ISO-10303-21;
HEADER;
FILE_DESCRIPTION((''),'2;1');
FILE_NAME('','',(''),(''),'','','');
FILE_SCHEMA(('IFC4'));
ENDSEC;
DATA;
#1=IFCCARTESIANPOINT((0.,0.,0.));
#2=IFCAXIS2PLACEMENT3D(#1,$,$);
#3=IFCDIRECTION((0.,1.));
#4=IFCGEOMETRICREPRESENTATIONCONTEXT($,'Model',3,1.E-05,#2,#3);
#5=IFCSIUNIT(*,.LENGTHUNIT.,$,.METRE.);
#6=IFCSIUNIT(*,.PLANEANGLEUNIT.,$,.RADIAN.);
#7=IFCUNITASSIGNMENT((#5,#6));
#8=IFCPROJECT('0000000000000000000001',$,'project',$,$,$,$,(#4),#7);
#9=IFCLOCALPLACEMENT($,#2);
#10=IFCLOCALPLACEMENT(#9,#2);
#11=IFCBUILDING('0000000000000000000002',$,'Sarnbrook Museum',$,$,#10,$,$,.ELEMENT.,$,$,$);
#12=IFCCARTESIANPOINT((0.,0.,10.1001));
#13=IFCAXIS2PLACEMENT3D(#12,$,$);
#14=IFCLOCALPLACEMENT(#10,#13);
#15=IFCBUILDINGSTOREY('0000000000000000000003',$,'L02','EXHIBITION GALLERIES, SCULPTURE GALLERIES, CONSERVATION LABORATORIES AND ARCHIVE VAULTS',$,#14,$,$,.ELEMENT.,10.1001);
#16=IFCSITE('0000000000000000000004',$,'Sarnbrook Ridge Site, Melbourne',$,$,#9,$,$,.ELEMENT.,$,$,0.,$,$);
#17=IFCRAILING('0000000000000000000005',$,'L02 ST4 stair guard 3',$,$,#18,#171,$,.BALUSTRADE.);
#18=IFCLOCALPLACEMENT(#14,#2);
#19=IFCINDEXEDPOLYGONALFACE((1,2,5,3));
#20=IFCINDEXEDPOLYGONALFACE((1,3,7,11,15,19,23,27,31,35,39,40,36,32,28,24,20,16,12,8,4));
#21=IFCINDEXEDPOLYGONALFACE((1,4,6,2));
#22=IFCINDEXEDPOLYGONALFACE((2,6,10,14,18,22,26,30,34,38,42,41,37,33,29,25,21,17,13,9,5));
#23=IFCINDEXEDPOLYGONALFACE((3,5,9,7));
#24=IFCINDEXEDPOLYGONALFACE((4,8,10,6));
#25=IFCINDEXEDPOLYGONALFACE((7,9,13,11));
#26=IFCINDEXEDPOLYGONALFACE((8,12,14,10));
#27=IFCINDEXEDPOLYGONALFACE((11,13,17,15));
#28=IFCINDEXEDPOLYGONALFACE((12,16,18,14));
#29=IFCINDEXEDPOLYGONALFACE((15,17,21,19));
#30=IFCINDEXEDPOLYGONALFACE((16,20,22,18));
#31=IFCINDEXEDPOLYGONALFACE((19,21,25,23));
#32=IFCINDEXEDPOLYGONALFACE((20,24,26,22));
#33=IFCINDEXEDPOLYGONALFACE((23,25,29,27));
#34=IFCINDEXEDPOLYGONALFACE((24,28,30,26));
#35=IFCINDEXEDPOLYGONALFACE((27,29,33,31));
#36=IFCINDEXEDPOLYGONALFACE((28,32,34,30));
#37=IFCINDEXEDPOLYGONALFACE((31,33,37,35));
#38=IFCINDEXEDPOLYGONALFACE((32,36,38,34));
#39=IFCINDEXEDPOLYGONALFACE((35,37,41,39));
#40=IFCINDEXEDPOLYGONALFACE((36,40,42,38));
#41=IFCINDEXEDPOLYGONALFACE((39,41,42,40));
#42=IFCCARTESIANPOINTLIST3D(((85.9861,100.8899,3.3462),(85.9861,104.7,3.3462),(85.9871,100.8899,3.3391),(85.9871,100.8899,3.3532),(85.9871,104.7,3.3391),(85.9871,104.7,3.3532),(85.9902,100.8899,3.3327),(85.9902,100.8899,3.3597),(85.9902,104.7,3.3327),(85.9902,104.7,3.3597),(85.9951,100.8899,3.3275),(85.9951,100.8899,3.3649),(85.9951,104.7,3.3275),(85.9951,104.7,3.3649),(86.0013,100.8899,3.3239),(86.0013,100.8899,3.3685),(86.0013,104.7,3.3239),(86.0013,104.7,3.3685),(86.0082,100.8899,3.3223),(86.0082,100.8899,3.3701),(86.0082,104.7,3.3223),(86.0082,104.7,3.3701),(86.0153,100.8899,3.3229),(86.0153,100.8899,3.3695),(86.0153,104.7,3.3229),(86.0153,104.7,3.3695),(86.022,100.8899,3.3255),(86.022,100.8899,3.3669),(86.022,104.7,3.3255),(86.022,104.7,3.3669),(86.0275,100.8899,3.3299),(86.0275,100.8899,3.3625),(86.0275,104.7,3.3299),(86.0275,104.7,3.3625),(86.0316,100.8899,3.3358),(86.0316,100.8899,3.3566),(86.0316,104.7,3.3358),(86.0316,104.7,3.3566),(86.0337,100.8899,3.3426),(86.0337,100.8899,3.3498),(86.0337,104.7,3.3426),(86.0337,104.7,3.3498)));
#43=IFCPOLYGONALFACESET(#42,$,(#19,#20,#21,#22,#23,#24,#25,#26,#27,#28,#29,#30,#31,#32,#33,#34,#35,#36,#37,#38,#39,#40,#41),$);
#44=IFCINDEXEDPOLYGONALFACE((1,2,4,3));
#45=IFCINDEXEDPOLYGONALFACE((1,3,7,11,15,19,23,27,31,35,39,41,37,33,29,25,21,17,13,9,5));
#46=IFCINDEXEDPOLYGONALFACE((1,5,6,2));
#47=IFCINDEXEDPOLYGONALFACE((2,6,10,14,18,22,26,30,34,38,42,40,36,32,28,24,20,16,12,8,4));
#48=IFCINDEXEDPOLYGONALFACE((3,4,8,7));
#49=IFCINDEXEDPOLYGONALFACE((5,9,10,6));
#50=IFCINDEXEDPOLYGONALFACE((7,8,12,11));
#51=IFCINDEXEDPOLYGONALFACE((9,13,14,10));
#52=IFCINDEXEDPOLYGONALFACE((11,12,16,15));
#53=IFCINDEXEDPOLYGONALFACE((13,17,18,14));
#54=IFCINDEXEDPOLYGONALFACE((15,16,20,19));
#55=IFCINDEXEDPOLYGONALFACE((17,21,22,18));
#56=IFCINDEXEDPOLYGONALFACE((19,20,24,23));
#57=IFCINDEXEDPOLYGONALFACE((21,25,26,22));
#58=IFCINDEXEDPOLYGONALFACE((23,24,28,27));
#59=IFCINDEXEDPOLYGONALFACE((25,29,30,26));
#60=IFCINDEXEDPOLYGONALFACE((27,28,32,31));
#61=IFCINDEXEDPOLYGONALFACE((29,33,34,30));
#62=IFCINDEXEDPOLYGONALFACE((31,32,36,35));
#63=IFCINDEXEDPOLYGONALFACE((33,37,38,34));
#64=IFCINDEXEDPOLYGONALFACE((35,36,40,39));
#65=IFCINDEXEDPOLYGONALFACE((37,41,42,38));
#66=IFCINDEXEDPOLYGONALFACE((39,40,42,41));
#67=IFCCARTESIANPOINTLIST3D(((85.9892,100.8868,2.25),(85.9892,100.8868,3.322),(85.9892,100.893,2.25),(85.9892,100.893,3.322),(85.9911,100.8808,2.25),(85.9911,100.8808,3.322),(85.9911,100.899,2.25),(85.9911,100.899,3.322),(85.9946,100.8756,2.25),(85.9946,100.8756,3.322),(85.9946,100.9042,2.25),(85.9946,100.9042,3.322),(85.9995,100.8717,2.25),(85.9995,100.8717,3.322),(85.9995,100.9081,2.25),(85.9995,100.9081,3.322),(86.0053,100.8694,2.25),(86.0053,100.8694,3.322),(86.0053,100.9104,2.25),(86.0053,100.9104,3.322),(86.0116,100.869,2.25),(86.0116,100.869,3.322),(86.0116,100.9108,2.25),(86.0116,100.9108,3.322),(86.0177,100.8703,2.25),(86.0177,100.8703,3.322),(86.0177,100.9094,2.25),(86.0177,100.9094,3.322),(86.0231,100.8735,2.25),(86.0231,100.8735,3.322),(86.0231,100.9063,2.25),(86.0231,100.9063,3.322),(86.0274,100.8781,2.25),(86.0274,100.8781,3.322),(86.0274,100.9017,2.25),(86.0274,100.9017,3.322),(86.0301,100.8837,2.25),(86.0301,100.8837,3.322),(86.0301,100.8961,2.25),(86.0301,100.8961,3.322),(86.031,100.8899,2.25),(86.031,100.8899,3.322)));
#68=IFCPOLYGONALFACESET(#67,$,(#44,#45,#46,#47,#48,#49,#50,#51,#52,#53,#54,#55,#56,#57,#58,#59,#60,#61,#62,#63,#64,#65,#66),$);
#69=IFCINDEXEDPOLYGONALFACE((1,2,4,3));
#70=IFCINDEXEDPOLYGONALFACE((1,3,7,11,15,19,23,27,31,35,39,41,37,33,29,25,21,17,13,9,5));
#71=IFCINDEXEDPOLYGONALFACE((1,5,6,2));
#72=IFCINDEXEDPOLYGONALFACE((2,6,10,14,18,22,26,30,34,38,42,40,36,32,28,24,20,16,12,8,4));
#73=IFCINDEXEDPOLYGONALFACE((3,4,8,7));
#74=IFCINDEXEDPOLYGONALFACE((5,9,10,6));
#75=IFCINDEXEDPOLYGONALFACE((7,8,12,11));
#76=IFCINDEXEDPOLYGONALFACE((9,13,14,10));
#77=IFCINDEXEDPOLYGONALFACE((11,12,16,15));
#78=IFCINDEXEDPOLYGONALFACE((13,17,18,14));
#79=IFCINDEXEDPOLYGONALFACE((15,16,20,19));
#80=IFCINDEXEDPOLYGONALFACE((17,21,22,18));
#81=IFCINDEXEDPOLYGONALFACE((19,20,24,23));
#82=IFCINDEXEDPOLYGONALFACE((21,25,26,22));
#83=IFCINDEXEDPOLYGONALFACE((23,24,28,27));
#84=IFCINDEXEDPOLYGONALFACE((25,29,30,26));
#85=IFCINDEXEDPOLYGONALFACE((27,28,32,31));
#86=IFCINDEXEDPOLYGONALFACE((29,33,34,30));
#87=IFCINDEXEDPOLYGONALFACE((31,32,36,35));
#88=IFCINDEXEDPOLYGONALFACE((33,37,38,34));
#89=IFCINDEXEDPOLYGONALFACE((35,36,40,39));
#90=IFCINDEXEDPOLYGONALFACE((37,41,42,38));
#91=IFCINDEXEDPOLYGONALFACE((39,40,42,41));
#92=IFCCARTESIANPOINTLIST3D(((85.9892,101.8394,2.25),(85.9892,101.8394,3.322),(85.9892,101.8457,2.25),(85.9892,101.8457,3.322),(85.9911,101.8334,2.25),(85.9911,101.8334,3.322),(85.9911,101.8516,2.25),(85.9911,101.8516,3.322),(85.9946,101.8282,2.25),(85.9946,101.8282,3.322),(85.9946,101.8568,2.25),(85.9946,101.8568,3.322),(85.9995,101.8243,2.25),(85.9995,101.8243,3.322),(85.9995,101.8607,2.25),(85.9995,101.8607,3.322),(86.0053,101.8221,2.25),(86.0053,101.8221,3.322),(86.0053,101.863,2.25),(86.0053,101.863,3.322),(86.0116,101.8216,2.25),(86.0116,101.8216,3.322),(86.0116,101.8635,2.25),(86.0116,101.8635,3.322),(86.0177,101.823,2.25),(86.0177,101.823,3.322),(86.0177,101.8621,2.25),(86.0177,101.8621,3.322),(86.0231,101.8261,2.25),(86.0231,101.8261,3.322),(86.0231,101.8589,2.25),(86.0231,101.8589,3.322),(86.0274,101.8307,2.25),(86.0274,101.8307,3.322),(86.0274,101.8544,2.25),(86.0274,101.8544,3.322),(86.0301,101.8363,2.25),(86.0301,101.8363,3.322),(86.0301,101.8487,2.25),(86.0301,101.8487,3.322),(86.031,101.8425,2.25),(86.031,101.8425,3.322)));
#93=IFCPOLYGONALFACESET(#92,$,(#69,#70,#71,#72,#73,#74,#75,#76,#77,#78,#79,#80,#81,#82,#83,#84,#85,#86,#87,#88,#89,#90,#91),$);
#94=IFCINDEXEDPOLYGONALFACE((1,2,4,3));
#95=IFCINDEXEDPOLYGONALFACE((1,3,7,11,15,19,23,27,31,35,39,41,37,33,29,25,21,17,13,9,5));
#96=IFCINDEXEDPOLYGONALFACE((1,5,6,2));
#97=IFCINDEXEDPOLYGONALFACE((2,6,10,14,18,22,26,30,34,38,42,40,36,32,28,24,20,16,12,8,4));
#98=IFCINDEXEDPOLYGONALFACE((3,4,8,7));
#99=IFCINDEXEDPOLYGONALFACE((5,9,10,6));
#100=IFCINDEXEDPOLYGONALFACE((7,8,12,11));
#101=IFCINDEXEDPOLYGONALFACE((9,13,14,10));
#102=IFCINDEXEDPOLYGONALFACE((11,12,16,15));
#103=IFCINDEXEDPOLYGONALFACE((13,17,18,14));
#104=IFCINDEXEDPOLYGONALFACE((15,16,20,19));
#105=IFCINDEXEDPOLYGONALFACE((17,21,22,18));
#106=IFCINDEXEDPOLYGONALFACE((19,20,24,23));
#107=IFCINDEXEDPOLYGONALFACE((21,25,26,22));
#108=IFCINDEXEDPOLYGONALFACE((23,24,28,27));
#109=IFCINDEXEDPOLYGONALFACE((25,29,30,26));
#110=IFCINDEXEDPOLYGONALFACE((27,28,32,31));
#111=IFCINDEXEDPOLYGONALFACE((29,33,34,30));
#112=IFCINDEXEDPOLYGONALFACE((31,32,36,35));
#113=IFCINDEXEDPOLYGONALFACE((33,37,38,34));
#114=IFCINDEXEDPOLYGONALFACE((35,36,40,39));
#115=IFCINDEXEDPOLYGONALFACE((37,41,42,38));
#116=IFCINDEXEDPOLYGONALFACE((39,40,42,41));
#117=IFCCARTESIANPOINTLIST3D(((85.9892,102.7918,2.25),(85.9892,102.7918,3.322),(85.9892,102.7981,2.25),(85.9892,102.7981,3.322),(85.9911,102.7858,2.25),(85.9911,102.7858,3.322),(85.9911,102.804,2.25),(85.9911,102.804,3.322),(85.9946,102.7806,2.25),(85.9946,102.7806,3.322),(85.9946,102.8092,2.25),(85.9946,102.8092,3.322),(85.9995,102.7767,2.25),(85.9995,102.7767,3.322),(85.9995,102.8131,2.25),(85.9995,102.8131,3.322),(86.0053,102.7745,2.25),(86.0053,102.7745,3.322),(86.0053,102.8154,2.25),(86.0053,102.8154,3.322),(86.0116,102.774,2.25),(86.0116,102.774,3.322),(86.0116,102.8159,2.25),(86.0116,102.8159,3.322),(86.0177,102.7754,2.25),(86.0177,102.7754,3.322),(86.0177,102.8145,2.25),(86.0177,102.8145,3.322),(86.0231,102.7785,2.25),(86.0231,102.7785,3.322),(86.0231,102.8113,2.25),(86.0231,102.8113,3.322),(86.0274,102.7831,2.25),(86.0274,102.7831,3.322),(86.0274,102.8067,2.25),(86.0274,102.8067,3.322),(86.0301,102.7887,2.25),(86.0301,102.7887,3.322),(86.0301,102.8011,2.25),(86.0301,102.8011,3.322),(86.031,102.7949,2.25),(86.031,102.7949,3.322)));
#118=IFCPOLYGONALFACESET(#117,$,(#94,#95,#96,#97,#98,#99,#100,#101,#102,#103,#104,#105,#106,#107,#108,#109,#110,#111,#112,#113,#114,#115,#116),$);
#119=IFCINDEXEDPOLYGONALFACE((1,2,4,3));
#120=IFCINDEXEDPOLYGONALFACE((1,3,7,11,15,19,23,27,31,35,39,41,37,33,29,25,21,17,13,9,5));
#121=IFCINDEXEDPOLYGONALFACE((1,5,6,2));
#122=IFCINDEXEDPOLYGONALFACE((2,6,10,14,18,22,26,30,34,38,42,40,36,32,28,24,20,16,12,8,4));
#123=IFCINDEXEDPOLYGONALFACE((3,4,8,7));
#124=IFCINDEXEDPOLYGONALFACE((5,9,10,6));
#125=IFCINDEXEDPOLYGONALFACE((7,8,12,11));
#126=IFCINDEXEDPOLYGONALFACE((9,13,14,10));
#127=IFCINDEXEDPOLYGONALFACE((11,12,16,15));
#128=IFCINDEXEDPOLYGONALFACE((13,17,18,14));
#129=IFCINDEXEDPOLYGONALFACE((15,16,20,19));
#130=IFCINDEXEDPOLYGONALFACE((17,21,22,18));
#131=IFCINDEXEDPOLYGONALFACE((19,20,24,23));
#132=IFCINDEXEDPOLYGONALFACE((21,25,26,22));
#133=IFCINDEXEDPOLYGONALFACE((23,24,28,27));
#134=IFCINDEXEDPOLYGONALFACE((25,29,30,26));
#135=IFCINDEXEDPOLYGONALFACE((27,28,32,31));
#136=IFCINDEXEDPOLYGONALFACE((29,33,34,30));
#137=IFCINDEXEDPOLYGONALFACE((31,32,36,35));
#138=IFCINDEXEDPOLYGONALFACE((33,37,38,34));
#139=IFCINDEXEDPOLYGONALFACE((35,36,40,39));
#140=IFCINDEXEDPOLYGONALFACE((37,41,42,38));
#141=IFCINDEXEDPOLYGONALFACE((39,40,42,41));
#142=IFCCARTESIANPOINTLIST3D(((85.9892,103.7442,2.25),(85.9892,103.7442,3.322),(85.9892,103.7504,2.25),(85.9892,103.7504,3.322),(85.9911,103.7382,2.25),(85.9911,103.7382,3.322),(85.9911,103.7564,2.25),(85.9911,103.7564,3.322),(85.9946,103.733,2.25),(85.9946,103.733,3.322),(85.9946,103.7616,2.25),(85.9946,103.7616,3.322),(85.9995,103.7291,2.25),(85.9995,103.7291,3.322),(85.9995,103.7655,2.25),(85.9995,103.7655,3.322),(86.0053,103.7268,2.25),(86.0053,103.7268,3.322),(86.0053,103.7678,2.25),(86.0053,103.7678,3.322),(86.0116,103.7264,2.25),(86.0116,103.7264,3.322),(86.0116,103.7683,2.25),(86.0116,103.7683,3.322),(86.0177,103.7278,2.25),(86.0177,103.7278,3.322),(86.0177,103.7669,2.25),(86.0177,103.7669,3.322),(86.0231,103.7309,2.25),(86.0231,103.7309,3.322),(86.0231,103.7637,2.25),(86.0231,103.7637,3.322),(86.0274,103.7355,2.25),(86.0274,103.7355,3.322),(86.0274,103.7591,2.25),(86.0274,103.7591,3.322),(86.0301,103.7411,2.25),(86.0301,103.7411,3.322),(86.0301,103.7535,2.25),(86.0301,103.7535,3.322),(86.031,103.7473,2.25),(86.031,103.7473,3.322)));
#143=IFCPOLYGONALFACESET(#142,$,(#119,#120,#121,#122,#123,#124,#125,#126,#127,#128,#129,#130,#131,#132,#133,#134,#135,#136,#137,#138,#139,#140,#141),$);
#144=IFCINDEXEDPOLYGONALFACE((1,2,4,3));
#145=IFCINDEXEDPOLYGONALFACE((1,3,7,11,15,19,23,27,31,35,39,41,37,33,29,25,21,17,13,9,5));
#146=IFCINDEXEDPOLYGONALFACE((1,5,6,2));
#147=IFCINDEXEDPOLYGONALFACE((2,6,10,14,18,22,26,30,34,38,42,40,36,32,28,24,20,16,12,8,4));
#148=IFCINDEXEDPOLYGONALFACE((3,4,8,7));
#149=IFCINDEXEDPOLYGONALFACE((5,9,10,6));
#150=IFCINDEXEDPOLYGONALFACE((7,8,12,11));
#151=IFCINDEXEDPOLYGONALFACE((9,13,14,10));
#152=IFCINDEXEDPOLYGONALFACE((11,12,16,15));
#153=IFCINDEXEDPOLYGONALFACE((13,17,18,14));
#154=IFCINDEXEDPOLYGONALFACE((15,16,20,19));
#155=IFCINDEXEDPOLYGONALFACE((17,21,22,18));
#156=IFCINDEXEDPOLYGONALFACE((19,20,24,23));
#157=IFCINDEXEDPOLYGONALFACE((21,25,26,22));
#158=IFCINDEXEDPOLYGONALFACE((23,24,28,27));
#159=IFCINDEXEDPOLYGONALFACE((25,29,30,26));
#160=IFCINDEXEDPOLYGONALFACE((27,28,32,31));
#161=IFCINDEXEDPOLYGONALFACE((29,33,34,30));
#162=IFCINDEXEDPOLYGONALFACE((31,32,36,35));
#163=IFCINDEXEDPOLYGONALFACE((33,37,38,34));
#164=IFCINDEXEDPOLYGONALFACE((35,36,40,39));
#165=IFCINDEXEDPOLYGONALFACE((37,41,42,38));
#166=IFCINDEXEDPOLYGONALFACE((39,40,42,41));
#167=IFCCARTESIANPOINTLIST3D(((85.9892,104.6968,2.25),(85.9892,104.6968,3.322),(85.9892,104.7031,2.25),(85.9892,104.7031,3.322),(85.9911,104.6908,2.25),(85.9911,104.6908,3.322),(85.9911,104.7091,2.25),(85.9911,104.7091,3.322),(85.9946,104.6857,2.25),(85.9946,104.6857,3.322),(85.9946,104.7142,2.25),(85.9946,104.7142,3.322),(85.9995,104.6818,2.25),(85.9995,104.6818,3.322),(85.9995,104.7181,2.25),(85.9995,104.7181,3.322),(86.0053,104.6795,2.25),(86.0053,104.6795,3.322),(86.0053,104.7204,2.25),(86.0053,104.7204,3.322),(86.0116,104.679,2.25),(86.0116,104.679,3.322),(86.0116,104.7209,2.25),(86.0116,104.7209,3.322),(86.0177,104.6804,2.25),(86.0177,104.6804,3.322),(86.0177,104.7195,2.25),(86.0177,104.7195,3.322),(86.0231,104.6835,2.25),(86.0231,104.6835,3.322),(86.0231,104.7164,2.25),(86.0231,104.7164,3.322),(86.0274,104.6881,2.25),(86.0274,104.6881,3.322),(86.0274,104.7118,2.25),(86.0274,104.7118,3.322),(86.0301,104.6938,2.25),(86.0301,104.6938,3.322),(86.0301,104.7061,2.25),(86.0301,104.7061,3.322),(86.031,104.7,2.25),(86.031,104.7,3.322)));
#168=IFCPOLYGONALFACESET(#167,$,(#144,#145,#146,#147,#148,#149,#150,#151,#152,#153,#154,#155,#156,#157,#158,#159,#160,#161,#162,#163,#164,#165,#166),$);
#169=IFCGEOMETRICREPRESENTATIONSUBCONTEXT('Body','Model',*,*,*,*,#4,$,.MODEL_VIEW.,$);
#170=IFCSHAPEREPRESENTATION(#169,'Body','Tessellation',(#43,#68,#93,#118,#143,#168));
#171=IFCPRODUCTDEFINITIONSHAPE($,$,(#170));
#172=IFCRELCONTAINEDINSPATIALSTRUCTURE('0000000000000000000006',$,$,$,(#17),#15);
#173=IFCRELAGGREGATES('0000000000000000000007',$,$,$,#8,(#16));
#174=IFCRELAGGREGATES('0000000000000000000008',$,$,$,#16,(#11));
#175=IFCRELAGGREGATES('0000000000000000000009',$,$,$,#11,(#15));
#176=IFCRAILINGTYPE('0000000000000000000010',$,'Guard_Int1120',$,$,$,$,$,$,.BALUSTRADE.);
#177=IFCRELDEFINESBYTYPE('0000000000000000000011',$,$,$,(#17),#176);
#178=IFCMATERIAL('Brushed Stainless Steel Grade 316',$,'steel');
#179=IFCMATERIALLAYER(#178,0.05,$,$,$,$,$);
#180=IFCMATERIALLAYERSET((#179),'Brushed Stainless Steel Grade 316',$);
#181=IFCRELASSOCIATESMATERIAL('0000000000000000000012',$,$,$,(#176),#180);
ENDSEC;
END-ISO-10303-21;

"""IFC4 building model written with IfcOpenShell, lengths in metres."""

from ifc_helpers import new_model, si_unit, direction, frame, origin, origin_2d, place, context, subcontext, project, spatial, circle, extrude, material, layer, layer_set, type_object, element, save


model = new_model("IFC4")

# Units and contexts
model_context = context("Model", 3, precision=1e-05, world=origin(), true_north=direction((0.0, 1.0)))
body_context = subcontext(model_context, "Body", "Model", "MODEL_VIEW")
ifc_project = project(units=[si_unit("LENGTHUNIT", "METRE"), si_unit("PLANEANGLEUNIT", "RADIAN")], contexts=[model_context])

# Site, building, storey
site_placement = place(None, origin())
site = spatial("IfcSite", under=ifc_project, at=site_placement, Name="Sarnbrook Ridge Site, Melbourne", CompositionType="ELEMENT", RefElevation=0.0)
building_placement = place(site_placement, origin())
building = spatial("IfcBuilding", under=site, at=building_placement, Name="Sarnbrook Museum", CompositionType="ELEMENT")
storey_placement = place(building_placement, frame((0.0, 0.0, 10.1001)))
storey = spatial("IfcBuildingStorey", under=building, at=storey_placement, Name="L02", Description="EXHIBITION GALLERIES, SCULPTURE GALLERIES, CONSERVATION LABORATORIES AND ARCHIVE VAULTS", CompositionType="ELEMENT", Elevation=10.1001)

# Shared definitions
ifc_material_1 = material(Name="Brushed Stainless Steel Grade 316", Category="steel")

# Railing
ifc_layer_1 = layer(ifc_material_1, 0.05)
ifc_layer_set_1 = layer_set([ifc_layer_1], Name="Brushed Stainless Steel Grade 316")
railing_type_1 = type_object("IfcRailingType", Name="Guard_Int1120", PredefinedType="BALUSTRADE", material=ifc_layer_set_1)
for number, where, name in (
    (1, (86.01, 100.8899, 2.25), "L02 ST4 stair guard 3"),
):
    element("IfcRailing", number, at=place(storey_placement, frame(where)), inside=storey, type_object=railing_type_1, Name=name, PredefinedType="BALUSTRADE", context=body_context, shape_type="SweptSolid", body=[
        extrude(circle(Radius=0.0239, at=origin_2d()), frame((0.0, 0.0, 1.0962), z_axis=(0.0, 1.0, 0.0), x_axis=(-1.0, 0.0, 0.0)), (0.0, 0.0, 1.0), 3.8101),
        extrude(circle(Radius=0.021, at=origin_2d()), origin(), (0.0, 0.0, 1.0), 1.072),
        extrude(circle(Radius=0.021, at=origin_2d()), frame((0.0, 0.9526, 0.0)), (0.0, 0.0, 1.0), 1.072),
        extrude(circle(Radius=0.021, at=origin_2d()), frame((0.0, 1.905, 0.0)), (0.0, 0.0, 1.0), 1.072),
        extrude(circle(Radius=0.021, at=origin_2d()), frame((0.0, 2.8574, 0.0)), (0.0, 0.0, 1.0), 1.072),
        extrude(circle(Radius=0.021, at=origin_2d()), frame((0.0, 3.8101, 0.0)), (0.0, 0.0, 1.0), 1.072),
    ])

save(model, "model.ifc")
